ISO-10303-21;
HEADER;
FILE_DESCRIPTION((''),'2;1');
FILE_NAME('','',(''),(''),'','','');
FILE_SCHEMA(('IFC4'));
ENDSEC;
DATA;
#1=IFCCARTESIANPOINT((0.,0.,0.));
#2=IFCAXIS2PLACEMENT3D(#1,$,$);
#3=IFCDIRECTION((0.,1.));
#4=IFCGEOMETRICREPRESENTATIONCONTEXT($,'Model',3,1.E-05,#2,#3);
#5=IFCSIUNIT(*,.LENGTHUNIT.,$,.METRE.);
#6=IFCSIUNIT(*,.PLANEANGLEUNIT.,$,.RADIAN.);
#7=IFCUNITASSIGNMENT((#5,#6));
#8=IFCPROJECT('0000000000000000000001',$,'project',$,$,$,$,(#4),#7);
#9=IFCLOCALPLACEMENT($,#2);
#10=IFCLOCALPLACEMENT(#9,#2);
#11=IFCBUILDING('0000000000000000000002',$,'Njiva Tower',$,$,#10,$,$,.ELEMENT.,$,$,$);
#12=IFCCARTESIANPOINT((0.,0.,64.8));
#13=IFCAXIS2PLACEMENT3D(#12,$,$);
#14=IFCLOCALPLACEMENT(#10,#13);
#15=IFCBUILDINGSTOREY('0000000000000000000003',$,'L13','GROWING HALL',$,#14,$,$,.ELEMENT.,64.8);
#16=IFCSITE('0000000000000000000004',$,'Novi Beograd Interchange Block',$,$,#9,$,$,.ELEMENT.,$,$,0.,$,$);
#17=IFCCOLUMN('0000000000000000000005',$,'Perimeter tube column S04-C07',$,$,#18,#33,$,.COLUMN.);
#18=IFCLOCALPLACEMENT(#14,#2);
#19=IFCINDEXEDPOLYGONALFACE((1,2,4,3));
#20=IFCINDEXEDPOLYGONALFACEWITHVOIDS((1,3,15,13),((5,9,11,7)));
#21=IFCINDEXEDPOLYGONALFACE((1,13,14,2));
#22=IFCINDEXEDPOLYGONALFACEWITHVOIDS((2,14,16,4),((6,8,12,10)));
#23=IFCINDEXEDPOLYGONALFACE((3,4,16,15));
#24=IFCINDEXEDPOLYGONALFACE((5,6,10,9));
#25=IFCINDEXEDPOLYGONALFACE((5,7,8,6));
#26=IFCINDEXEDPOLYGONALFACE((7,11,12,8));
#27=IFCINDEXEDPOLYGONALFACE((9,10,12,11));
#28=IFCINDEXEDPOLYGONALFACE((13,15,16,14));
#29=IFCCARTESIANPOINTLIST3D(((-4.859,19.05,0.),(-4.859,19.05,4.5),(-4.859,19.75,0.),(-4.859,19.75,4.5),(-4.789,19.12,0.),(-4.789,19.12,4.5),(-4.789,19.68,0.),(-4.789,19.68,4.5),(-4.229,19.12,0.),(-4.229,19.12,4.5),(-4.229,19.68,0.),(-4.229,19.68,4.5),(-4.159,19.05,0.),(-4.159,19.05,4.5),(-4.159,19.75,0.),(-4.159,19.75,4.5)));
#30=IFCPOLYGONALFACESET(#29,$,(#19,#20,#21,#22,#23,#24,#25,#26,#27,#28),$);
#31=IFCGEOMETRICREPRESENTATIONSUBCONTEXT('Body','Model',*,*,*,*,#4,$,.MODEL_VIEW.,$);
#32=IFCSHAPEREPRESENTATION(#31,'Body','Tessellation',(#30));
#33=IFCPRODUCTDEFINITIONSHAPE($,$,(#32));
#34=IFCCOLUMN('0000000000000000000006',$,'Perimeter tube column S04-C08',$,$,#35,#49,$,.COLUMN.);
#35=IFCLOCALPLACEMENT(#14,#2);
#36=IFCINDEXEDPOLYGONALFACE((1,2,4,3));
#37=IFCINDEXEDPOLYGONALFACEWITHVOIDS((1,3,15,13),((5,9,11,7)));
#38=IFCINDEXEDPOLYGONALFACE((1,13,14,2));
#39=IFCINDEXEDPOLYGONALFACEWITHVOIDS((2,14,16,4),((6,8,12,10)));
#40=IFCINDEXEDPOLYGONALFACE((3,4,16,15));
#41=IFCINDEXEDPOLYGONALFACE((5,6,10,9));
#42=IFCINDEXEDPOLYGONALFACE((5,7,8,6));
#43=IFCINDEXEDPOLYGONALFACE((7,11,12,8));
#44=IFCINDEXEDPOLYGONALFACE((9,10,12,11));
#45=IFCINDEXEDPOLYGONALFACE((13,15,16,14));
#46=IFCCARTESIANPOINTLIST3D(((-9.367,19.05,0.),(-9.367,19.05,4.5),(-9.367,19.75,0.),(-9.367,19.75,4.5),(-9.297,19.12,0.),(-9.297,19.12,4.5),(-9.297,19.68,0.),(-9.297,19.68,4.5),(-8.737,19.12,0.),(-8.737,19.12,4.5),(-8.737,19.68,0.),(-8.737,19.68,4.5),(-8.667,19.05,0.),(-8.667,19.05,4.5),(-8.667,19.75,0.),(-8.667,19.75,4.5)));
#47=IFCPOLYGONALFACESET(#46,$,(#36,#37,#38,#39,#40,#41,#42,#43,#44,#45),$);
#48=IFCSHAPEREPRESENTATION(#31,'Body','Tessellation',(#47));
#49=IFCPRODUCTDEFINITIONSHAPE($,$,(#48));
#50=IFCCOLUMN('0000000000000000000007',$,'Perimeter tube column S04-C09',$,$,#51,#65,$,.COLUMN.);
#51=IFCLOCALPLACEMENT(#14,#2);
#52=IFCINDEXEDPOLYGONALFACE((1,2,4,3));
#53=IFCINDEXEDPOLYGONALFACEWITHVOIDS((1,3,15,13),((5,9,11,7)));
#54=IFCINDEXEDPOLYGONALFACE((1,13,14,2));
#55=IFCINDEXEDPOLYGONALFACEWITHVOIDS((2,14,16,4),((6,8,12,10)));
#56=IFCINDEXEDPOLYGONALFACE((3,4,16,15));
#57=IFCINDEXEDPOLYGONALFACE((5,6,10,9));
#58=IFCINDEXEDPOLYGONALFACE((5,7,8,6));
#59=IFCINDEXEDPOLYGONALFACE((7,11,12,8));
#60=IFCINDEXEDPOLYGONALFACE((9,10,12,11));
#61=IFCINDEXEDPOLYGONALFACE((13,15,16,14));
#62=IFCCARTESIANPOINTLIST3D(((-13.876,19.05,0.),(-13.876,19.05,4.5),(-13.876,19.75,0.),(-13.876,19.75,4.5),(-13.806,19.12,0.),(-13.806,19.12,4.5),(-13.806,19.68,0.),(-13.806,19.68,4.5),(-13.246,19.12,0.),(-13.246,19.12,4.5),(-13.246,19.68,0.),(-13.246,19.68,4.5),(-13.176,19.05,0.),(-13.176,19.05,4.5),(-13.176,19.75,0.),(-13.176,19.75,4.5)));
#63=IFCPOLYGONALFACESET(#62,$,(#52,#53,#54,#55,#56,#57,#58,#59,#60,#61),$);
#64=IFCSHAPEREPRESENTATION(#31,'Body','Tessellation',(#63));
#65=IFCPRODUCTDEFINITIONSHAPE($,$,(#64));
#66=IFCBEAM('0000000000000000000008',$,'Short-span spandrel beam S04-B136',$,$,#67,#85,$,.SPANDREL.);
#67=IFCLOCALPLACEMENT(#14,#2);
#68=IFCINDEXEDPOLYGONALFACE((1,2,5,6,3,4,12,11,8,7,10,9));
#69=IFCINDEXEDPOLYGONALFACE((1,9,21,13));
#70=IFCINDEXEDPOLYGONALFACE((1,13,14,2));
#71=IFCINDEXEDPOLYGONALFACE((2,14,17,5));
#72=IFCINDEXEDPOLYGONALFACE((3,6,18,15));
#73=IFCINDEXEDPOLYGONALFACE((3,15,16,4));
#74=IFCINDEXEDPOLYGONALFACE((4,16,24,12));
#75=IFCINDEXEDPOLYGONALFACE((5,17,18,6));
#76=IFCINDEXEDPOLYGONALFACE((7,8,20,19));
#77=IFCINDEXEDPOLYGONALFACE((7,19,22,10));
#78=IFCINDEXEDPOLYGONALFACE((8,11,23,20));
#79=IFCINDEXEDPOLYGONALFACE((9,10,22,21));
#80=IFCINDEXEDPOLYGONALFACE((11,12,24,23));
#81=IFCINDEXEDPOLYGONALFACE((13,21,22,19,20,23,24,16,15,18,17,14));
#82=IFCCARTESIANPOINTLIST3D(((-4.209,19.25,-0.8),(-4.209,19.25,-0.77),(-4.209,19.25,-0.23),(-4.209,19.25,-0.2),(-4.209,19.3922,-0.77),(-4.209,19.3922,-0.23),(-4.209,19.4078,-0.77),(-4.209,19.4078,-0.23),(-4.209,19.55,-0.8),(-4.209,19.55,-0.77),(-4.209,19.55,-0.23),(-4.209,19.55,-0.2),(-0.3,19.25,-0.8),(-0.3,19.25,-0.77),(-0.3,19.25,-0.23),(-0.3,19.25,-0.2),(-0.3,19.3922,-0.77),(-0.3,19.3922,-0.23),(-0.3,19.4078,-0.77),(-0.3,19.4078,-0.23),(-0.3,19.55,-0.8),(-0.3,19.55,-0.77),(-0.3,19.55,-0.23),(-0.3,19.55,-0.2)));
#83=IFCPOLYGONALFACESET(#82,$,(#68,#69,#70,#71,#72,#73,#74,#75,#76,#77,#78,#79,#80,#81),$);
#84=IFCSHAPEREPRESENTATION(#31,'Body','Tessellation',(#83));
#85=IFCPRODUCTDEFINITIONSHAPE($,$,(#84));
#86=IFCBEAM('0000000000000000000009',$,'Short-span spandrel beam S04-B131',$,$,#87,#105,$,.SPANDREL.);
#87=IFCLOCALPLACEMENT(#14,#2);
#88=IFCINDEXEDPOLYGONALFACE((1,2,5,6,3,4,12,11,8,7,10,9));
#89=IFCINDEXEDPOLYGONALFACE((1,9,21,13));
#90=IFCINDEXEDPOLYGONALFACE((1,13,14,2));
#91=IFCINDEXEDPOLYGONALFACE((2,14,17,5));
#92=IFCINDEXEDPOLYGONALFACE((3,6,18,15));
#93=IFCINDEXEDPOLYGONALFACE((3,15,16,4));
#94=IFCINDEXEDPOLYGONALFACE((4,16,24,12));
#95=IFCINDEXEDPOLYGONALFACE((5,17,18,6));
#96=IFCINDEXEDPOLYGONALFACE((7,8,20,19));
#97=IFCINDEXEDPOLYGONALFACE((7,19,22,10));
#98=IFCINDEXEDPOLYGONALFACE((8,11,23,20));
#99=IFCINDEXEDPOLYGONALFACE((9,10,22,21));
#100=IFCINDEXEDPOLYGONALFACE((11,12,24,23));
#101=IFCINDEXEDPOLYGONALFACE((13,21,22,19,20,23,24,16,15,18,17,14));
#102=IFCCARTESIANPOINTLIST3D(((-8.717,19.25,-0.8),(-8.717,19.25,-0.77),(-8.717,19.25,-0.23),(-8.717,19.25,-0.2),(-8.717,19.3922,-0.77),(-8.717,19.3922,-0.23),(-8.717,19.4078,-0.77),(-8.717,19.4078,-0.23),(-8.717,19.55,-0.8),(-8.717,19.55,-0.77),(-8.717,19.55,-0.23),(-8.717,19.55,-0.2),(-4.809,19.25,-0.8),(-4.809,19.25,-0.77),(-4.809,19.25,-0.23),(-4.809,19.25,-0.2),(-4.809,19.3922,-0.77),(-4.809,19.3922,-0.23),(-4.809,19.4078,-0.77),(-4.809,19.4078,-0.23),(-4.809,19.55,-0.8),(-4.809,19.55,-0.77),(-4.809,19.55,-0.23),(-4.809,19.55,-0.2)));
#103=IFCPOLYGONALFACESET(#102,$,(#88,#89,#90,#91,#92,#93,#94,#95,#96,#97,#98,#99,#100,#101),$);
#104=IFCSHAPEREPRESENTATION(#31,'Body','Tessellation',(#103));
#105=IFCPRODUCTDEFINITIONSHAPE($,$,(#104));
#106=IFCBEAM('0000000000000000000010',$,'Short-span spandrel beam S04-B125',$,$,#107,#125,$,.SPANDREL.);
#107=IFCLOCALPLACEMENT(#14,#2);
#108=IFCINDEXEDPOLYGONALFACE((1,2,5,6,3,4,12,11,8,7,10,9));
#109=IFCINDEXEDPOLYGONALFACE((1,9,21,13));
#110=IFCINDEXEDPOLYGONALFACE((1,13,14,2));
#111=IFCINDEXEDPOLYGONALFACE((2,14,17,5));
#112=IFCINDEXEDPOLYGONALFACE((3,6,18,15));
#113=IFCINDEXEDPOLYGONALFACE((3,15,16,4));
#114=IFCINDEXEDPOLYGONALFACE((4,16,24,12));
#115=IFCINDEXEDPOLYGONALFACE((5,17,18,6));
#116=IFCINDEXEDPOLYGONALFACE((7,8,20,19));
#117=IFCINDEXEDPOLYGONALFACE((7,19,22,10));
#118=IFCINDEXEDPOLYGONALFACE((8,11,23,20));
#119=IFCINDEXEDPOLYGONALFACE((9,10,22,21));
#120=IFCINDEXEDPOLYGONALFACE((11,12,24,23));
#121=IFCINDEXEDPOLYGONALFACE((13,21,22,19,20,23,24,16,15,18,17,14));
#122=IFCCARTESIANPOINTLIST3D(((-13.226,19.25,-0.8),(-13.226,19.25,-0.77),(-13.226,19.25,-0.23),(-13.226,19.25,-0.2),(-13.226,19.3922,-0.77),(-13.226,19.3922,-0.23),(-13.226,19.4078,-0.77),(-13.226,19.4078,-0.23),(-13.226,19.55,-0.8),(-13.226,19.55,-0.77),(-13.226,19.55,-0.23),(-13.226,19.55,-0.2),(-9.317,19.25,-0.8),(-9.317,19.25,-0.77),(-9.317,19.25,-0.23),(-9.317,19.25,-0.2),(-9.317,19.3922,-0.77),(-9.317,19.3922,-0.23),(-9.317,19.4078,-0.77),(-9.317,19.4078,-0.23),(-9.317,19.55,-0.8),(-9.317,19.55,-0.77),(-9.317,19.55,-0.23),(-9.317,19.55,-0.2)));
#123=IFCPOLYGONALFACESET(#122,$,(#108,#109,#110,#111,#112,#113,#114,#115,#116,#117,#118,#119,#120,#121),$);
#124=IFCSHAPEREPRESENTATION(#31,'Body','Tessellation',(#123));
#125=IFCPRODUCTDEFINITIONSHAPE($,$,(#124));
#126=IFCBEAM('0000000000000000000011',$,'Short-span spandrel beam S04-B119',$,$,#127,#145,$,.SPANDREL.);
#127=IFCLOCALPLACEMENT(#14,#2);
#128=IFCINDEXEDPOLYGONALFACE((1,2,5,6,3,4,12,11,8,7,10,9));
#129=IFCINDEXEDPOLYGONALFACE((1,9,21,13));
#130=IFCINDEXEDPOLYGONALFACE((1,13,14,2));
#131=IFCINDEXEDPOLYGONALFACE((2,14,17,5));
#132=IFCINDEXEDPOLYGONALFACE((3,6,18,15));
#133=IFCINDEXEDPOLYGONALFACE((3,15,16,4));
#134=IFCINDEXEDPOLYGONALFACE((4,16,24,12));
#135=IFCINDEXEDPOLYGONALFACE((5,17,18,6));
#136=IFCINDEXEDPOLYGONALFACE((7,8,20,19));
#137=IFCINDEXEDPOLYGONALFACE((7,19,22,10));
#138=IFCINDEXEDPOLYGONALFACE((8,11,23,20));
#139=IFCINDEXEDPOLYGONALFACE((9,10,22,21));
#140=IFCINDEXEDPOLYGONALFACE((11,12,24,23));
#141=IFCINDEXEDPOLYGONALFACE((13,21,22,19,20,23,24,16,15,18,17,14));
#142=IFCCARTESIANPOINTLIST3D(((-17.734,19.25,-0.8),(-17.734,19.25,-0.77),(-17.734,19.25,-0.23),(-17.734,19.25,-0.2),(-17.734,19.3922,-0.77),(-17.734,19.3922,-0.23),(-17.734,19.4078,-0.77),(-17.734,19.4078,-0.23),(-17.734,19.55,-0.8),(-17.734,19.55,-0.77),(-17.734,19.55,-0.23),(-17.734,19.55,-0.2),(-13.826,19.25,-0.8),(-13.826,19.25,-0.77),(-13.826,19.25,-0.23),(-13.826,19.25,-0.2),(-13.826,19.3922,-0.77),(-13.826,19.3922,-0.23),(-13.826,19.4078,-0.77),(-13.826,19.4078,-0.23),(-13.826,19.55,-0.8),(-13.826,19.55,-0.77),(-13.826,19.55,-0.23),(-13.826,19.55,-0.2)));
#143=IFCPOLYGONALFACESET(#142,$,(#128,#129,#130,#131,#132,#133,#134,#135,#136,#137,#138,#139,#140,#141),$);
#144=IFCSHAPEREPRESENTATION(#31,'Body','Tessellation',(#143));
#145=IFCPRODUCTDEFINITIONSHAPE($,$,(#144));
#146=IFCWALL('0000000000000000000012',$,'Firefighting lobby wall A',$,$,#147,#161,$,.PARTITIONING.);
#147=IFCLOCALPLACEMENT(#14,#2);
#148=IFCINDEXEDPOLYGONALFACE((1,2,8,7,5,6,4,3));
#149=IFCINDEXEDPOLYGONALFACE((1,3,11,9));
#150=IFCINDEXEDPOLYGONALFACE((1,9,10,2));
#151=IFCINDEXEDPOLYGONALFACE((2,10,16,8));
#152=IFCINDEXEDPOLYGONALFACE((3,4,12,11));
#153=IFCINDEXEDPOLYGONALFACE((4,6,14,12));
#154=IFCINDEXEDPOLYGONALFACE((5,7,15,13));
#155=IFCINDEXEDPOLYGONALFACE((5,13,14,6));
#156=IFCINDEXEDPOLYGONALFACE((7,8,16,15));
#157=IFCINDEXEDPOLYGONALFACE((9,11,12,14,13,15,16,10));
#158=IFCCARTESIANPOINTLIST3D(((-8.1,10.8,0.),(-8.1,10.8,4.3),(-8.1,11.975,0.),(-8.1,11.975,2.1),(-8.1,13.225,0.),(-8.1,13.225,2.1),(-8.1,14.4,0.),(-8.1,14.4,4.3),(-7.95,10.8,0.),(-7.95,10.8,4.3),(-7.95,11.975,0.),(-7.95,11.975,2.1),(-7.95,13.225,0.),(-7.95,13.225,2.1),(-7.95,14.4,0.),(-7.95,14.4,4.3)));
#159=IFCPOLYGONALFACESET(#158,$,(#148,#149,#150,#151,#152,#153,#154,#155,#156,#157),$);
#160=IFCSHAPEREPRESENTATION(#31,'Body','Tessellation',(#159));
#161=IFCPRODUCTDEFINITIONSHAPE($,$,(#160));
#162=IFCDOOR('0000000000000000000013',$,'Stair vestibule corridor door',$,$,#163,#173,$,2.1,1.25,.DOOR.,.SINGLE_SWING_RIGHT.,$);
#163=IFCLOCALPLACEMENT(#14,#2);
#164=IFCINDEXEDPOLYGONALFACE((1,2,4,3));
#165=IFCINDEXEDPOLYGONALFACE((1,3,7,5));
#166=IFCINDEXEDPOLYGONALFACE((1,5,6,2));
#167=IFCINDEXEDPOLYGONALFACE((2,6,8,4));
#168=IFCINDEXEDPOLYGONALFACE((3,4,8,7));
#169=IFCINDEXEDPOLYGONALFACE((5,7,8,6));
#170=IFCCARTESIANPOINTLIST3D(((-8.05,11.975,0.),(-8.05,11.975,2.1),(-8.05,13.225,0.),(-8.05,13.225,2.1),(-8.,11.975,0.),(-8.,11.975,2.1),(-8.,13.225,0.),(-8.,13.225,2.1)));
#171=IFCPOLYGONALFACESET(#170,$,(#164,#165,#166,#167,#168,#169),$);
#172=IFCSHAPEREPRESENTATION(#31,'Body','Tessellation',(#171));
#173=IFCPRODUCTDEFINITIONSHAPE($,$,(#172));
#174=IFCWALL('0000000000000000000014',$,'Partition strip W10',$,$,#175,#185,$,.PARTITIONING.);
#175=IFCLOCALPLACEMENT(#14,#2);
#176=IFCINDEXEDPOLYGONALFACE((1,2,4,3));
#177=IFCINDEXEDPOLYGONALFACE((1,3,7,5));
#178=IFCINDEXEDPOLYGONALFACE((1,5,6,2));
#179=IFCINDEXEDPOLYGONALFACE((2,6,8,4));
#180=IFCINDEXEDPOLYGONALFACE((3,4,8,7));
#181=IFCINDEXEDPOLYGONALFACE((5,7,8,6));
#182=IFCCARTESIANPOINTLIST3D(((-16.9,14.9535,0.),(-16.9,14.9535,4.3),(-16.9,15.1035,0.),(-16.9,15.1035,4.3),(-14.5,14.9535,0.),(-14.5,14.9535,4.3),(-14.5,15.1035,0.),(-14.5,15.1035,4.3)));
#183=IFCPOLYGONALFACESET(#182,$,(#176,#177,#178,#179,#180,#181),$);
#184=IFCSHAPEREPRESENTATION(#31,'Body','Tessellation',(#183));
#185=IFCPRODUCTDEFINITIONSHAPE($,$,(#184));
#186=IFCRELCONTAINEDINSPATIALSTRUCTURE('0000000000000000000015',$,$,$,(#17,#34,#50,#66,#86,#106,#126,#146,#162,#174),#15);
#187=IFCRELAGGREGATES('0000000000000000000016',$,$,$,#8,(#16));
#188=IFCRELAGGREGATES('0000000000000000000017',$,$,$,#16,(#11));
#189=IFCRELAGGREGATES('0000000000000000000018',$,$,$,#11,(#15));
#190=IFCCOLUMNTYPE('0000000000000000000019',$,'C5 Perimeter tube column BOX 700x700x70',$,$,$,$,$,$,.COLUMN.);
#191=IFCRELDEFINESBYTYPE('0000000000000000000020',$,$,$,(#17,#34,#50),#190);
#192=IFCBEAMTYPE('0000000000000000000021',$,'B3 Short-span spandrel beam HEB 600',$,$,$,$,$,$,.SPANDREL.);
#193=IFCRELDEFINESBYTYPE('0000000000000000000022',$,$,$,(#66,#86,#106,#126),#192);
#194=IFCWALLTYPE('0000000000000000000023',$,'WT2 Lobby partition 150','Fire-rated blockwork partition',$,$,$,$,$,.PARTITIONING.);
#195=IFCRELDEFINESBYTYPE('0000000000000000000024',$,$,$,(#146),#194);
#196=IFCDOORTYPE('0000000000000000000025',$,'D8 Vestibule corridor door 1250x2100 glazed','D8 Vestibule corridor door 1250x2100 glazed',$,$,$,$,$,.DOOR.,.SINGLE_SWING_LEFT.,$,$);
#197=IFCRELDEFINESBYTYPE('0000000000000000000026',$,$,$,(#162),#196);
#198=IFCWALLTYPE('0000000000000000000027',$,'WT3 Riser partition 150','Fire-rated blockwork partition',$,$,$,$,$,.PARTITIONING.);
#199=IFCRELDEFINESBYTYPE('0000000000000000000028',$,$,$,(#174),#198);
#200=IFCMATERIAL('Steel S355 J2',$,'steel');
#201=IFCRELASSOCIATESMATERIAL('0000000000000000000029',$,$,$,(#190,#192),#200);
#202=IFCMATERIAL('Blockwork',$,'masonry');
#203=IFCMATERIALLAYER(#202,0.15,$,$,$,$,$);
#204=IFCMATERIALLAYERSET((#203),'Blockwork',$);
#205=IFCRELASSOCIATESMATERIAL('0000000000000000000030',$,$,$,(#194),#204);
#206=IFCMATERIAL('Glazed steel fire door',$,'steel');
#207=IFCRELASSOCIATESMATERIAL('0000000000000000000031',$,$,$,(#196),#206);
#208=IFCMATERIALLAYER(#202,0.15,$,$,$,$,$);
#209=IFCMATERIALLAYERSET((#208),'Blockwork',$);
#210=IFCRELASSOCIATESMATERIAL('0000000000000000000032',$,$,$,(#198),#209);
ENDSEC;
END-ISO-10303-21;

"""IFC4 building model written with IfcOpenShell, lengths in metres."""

from ifc_helpers import new_model, si_unit, direction, frame, frame_2d, origin, origin_2d, place, context, subcontext, project, spatial, rectangle, hollow_rectangle, i_section, extrude, material, layer, layer_set, material_profile, profile_set, type_object, element, fill, save


model = new_model("IFC4")

# Units and contexts
model_context = context("Model", 3, precision=1e-05, world=origin(), true_north=direction((0.0, 1.0)))
body_context = subcontext(model_context, "Body", "Model", "MODEL_VIEW")
ifc_project = project(units=[si_unit("LENGTHUNIT", "METRE"), si_unit("PLANEANGLEUNIT", "RADIAN")], contexts=[model_context])

# Site, building, storey
site_placement = place(None, origin())
site = spatial("IfcSite", under=ifc_project, at=site_placement, Name="Novi Beograd Interchange Block", CompositionType="ELEMENT", RefElevation=0.0)
building_placement = place(site_placement, origin())
building = spatial("IfcBuilding", under=site, at=building_placement, Name="Njiva Tower", CompositionType="ELEMENT")
storey_placement = place(building_placement, frame((0.0, 0.0, 64.8)))
storey = spatial("IfcBuildingStorey", under=building, at=storey_placement, Name="L13", Description="GROWING HALL", CompositionType="ELEMENT", Elevation=64.8)

# Columns
ifc_material_1 = material(Name="Steel S355 J2", Category="steel")
ifc_material_profile_1 = material_profile(ifc_material_1, hollow_rectangle(XDim=0.7, YDim=0.7, WallThickness=0.07, at=origin_2d()), Name="BOX 700x700x70")
ifc_profile_set_1 = profile_set([ifc_material_profile_1], Name="Steel S355 J2")
column_type = type_object("IfcColumnType", Name="C5 Perimeter tube column BOX 700x700x70", PredefinedType="COLUMN", material=ifc_profile_set_1)
for number, where, z_axis, x_axis, name in (
    (1, (-4.509, 19.4, 0.0), (0.0, 0.0, 1.0), (-1.0, 0.0, 0.0), "Perimeter tube column S04-C07"),
    (2, (-9.017, 19.4, 0.0), (0.0, 0.0, 1.0), (-1.0, 0.0, 0.0), "Perimeter tube column S04-C08"),
    (3, (-13.526, 19.4, 0.0), (0.0, 0.0, 1.0), (-1.0, 0.0, 0.0), "Perimeter tube column S04-C09"),
):
    element("IfcColumn", number, at=place(storey_placement, frame(where, z_axis=z_axis, x_axis=x_axis)), inside=storey, type_object=column_type, Name=name, PredefinedType="COLUMN", context=body_context, shape_type="SweptSolid", body=[
        extrude(hollow_rectangle(XDim=0.7, YDim=0.7, WallThickness=0.07, at=origin_2d()), origin(), (0.0, 0.0, 1.0), 4.5),
    ])

# Beams
ifc_material_profile_2 = material_profile(ifc_material_1, i_section(OverallWidth=0.3, OverallDepth=0.6, WebThickness=0.0155, FlangeThickness=0.03, at=origin_2d()), Name="HEB 600")
ifc_profile_set_2 = profile_set([ifc_material_profile_2], Name="Steel S355 J2")
beam_type = type_object("IfcBeamType", Name="B3 Short-span spandrel beam HEB 600", PredefinedType="SPANDREL", material=ifc_profile_set_2)
beam_1_placement = place(storey_placement, frame((-0.3, 19.4, -0.5), z_axis=(-1.0, 0.0, 0.0), x_axis=(0.0, -1.0, 0.0)))
element("IfcBeam", 4, at=beam_1_placement, inside=storey, type_object=beam_type, Name="Short-span spandrel beam S04-B136", PredefinedType="SPANDREL", context=body_context, shape_type="SweptSolid", body=[
    extrude(i_section(OverallWidth=0.3, OverallDepth=0.6, WebThickness=0.0155, FlangeThickness=0.03, at=origin_2d()), origin(), (0.0, 0.0, 1.0), 3.909),
])
beam_2_placement = place(storey_placement, frame((-4.809, 19.4, -0.5), z_axis=(-1.0, 0.0, 0.0), x_axis=(0.0, -1.0, 0.0)))
element("IfcBeam", 5, at=beam_2_placement, inside=storey, type_object=beam_type, Name="Short-span spandrel beam S04-B131", PredefinedType="SPANDREL", context=body_context, shape_type="SweptSolid", body=[
    extrude(i_section(OverallWidth=0.3, OverallDepth=0.6, WebThickness=0.0155, FlangeThickness=0.03, at=origin_2d()), origin(), (0.0, 0.0, 1.0), 3.908),
])
beam_3_placement = place(storey_placement, frame((-9.317, 19.4, -0.5), z_axis=(-1.0, 0.0, 0.0), x_axis=(0.0, -1.0, 0.0)))
element("IfcBeam", 6, at=beam_3_placement, inside=storey, type_object=beam_type, Name="Short-span spandrel beam S04-B125", PredefinedType="SPANDREL", context=body_context, shape_type="SweptSolid", body=[
    extrude(i_section(OverallWidth=0.3, OverallDepth=0.6, WebThickness=0.0155, FlangeThickness=0.03, at=origin_2d()), origin(), (0.0, 0.0, 1.0), 3.909),
])
beam_4_placement = place(storey_placement, frame((-13.826, 19.4, -0.5), z_axis=(-1.0, 0.0, 0.0), x_axis=(0.0, -1.0, 0.0)))
element("IfcBeam", 7, at=beam_4_placement, inside=storey, type_object=beam_type, Name="Short-span spandrel beam S04-B119", PredefinedType="SPANDREL", context=body_context, shape_type="SweptSolid", body=[
    extrude(i_section(OverallWidth=0.3, OverallDepth=0.6, WebThickness=0.0155, FlangeThickness=0.03, at=origin_2d()), origin(), (0.0, 0.0, 1.0), 3.908),
])

# Wall, opening, door
ifc_material_2 = material(Name="Blockwork", Category="masonry")
ifc_layer_1 = layer(ifc_material_2, 0.15)
ifc_layer_set_1 = layer_set([ifc_layer_1], Name="Blockwork")
wall_type_1 = type_object("IfcWallType", Name="WT2 Lobby partition 150", Description="Fire-rated blockwork partition", PredefinedType="PARTITIONING", material=ifc_layer_set_1)
wall_1_placement = place(storey_placement, frame((-8.025, 10.8, 0.0), z_axis=(0.0, 0.0, 1.0), x_axis=(0.0, 1.0, 0.0)))
wall_1 = element("IfcWall", 8, at=wall_1_placement, inside=storey, type_object=wall_type_1, Name="Firefighting lobby wall A", PredefinedType="PARTITIONING", context=body_context, shape_type="SweptSolid", body=[
    extrude(rectangle(XDim=3.6, YDim=0.15, at=frame_2d((1.8, 0.0))), origin(), (0.0, 0.0, 1.0), 4.3),
])
opening_1_placement = place(wall_1_placement, frame((1.175, 0.0, 0.0)))
opening_1 = element("IfcOpeningElement", 9, at=opening_1_placement, cuts=wall_1, PredefinedType="OPENING", context=body_context, shape_type="SweptSolid", body=[
    extrude(rectangle(XDim=1.25, YDim=2.1, at=frame_2d((0.625, 1.05))), frame((0.0, 0.085, 0.0), z_axis=(0.0, -1.0, 0.0), x_axis=(1.0, 0.0, 0.0)), (0.0, 0.0, 1.0), 0.17),
])
ifc_material_3 = material(Name="Glazed steel fire door", Category="steel")
door_type_1 = type_object("IfcDoorType", Name="D8 Vestibule corridor door 1250x2100 glazed", Description="D8 Vestibule corridor door 1250x2100 glazed", OperationType="SINGLE_SWING_LEFT", PredefinedType="DOOR", material=ifc_material_3)
door_1_placement = place(opening_1_placement, origin())
door_1 = element("IfcDoor", 10, at=door_1_placement, inside=storey, type_object=door_type_1, Name="Stair vestibule corridor door", OperationType="SINGLE_SWING_RIGHT", OverallHeight=2.1, OverallWidth=1.25, PredefinedType="DOOR", context=body_context, shape_type="SweptSolid", body=[
    extrude(rectangle(XDim=1.25, YDim=2.1, at=frame_2d((0.625, 1.05))), frame((0.0, 0.025, 0.0), z_axis=(0.0, -1.0, 0.0), x_axis=(1.0, 0.0, 0.0)), (0.0, 0.0, 1.0), 0.05),
])
fill(opening_1, door_1)

# Wall
ifc_layer_2 = layer(ifc_material_2, 0.15)
ifc_layer_set_2 = layer_set([ifc_layer_2], Name="Blockwork")
wall_type_2 = type_object("IfcWallType", Name="WT3 Riser partition 150", Description="Fire-rated blockwork partition", PredefinedType="PARTITIONING", material=ifc_layer_set_2)
wall_2_placement = place(storey_placement, frame((-16.9, 15.0285, 0.0), z_axis=(0.0, 0.0, 1.0), x_axis=(1.0, 0.0, 0.0)))
element("IfcWall", 11, at=wall_2_placement, inside=storey, type_object=wall_type_2, Name="Partition strip W10", PredefinedType="PARTITIONING", context=body_context, shape_type="SweptSolid", body=[
    extrude(rectangle(XDim=2.4, YDim=0.15, at=frame_2d((1.2, 0.0))), origin(), (0.0, 0.0, 1.0), 4.3),
])

save(model, "model.ifc")
